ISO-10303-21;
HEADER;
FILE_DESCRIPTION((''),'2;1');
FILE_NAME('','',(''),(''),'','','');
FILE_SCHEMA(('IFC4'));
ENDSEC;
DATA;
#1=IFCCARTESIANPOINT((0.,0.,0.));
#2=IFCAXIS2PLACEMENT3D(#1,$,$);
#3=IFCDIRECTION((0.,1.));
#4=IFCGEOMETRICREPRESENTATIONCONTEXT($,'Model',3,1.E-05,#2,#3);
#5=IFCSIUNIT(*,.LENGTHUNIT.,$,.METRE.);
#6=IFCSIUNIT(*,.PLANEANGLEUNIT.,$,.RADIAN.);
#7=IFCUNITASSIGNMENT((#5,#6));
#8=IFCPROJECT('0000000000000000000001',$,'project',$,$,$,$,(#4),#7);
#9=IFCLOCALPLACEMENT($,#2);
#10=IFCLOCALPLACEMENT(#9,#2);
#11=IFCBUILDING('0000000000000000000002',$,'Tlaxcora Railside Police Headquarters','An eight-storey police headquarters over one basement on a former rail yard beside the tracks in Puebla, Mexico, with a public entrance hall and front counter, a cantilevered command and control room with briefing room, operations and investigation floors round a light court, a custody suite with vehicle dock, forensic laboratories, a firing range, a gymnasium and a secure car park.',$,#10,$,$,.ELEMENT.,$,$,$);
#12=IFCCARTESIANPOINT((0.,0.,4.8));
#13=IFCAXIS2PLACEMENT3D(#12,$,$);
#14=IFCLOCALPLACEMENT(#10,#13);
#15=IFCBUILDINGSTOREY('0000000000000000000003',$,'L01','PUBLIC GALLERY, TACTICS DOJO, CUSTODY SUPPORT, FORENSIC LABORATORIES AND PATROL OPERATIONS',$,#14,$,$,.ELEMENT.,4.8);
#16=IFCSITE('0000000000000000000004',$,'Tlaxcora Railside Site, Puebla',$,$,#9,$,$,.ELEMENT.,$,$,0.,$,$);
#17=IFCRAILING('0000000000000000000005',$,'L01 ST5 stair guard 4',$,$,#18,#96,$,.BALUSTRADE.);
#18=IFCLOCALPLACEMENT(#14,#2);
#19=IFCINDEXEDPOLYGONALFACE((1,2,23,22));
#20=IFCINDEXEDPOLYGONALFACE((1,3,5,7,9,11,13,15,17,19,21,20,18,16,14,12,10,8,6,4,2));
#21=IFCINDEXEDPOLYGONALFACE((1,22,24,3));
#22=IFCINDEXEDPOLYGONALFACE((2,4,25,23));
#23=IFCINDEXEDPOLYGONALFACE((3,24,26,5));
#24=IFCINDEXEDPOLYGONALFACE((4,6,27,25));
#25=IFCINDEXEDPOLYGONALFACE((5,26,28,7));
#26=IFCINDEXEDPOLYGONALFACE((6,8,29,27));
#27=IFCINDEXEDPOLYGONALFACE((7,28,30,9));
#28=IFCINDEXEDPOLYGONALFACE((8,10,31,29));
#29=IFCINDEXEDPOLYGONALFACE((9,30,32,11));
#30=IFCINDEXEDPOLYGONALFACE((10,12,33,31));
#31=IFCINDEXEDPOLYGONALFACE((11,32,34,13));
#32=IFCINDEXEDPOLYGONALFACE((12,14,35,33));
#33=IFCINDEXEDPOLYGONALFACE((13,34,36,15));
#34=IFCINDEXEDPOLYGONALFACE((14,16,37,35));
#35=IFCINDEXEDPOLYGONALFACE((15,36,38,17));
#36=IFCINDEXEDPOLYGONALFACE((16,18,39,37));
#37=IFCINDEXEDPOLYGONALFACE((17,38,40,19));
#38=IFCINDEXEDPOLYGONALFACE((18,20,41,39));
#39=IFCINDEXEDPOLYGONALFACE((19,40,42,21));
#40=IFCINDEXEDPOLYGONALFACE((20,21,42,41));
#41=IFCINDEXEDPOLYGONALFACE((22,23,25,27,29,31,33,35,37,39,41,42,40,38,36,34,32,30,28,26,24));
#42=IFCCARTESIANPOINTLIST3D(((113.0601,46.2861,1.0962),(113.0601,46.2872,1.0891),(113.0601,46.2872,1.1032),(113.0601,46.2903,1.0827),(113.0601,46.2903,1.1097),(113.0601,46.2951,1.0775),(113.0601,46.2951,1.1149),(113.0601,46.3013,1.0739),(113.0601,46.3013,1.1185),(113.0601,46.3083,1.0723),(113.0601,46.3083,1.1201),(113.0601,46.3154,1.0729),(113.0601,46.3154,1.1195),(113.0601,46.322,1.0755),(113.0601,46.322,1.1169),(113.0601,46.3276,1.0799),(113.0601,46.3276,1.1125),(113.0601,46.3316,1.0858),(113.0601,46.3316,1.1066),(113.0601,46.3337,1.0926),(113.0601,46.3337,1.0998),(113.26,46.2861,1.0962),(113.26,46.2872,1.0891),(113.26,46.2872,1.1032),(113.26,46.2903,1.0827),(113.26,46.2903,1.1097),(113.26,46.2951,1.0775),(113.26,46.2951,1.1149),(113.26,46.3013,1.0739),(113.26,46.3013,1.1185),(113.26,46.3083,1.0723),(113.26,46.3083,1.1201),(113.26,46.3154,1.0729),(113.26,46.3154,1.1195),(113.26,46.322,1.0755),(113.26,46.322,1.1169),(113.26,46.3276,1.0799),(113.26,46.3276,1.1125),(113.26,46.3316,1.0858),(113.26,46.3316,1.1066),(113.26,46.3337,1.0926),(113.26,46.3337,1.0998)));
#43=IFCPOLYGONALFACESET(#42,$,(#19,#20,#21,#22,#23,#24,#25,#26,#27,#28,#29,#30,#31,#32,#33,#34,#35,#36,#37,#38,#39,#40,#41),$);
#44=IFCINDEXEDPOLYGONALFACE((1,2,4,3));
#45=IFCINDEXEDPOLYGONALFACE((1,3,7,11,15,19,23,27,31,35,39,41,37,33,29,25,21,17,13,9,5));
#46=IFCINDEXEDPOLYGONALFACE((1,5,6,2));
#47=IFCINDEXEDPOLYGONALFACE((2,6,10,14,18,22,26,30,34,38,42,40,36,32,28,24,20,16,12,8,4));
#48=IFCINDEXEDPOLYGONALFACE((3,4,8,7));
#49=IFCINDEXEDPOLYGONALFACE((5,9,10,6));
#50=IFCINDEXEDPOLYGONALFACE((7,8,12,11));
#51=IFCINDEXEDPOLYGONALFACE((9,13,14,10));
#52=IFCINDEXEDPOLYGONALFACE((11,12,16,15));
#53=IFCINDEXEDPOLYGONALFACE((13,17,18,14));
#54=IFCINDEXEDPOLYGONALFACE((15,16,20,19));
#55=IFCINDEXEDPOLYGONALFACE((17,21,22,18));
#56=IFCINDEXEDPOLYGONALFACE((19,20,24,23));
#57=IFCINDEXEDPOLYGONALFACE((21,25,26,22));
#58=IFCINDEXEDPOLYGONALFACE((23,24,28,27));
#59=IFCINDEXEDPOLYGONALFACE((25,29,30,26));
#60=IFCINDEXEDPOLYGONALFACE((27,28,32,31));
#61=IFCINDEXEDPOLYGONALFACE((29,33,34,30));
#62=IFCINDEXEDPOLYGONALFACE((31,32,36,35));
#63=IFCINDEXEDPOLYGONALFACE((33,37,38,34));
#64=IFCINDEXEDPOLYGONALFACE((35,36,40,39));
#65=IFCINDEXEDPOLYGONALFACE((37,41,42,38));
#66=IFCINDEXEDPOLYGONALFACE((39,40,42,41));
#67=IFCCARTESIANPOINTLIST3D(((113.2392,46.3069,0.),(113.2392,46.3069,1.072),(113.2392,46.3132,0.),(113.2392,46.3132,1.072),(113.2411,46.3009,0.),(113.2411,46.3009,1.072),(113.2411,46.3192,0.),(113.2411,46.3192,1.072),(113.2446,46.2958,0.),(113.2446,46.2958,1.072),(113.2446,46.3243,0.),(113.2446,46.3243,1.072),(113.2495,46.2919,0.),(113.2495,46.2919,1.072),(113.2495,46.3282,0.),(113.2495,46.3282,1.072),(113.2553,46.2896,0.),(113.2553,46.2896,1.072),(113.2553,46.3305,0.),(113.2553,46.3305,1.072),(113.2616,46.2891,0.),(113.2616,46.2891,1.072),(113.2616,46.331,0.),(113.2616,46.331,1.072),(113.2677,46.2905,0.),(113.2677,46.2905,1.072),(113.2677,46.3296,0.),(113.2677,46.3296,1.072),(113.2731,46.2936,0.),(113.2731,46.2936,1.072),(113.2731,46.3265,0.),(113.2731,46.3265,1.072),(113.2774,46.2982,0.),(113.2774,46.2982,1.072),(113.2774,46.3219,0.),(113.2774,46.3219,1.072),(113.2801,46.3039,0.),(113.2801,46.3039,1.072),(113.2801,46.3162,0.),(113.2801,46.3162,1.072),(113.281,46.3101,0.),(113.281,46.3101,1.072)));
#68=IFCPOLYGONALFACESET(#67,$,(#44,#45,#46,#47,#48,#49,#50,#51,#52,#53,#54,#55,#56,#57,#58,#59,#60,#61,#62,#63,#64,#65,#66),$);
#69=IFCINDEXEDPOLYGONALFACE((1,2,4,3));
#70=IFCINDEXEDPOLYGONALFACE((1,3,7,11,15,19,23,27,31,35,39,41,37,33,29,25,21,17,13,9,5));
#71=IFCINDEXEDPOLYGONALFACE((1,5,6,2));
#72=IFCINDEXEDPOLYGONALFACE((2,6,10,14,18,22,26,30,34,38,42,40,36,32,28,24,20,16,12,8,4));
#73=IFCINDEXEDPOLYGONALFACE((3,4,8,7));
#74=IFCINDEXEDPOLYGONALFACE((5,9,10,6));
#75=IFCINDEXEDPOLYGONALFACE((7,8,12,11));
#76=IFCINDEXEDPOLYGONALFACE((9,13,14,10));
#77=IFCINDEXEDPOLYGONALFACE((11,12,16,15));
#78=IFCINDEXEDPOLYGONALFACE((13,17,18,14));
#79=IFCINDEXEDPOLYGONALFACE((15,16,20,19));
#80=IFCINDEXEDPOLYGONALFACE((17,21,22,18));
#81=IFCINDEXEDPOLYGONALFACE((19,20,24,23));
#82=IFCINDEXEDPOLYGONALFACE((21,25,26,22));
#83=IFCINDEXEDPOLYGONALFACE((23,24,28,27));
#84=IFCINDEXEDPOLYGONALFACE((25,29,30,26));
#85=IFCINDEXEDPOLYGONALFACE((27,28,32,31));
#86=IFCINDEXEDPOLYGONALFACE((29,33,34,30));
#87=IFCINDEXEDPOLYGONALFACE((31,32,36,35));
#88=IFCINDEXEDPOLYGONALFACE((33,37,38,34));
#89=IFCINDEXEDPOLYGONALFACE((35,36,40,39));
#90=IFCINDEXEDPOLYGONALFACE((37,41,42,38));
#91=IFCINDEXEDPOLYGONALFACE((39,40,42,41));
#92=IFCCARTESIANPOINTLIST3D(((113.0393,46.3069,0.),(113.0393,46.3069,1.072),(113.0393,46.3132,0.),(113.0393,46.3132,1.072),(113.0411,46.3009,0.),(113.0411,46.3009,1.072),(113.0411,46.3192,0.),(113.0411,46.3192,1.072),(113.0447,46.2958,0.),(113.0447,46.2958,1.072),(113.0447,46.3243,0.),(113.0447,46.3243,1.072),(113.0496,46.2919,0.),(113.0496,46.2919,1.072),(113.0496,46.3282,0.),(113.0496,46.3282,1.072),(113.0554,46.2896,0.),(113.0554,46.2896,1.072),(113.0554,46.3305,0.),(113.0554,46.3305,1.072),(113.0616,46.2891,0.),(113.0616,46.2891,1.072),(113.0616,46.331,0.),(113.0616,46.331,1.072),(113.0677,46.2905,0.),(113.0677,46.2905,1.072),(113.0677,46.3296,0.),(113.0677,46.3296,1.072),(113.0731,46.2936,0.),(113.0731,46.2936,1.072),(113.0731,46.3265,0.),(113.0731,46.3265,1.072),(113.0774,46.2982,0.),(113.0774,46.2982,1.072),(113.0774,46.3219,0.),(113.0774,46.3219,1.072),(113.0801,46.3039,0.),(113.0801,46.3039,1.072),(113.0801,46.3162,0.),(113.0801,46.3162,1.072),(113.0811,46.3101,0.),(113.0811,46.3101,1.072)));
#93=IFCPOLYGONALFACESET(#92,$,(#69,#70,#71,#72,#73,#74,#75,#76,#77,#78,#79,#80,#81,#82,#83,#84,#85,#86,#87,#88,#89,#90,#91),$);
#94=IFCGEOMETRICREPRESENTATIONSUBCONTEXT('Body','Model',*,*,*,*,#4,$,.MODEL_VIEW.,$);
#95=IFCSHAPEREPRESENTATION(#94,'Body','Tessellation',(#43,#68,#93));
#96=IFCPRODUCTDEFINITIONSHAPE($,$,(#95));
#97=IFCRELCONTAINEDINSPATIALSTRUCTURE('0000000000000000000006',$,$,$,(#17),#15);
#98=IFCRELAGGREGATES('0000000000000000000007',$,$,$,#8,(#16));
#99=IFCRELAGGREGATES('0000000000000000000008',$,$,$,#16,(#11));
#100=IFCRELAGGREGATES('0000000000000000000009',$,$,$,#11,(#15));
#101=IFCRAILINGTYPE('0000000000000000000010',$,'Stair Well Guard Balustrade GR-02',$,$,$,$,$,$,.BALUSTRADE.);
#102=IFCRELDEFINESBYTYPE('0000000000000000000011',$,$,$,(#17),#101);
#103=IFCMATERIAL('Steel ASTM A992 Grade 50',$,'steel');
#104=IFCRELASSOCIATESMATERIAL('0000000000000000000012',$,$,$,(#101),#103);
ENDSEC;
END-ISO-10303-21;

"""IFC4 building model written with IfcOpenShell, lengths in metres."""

from ifc_helpers import new_model, si_unit, direction, frame, origin, origin_2d, place, context, subcontext, project, spatial, circle, extrude, material, type_object, element, save


model = new_model("IFC4")

# Units and contexts
model_context = context("Model", 3, precision=1e-05, world=origin(), true_north=direction((0.0, 1.0)))
body_context = subcontext(model_context, "Body", "Model", "MODEL_VIEW")
ifc_project = project(units=[si_unit("LENGTHUNIT", "METRE"), si_unit("PLANEANGLEUNIT", "RADIAN")], contexts=[model_context])

# Site, building, storey
site_placement = place(None, origin())
site = spatial("IfcSite", under=ifc_project, at=site_placement, Name="Tlaxcora Railside Site, Puebla", CompositionType="ELEMENT", RefElevation=0.0)
building_placement = place(site_placement, origin())
building = spatial("IfcBuilding", under=site, at=building_placement, Name="Tlaxcora Railside Police Headquarters", Description="An eight-storey police headquarters over one basement on a former rail yard beside the tracks in Puebla, Mexico, with a public entrance hall and front counter, a cantilevered command and control room with briefing room, operations and investigation floors round a light court, a custody suite with vehicle dock, forensic laboratories, a firing range, a gymnasium and a secure car park.", CompositionType="ELEMENT")
storey_placement = place(building_placement, frame((0.0, 0.0, 4.8)))
storey = spatial("IfcBuildingStorey", under=building, at=storey_placement, Name="L01", Description="PUBLIC GALLERY, TACTICS DOJO, CUSTODY SUPPORT, FORENSIC LABORATORIES AND PATROL OPERATIONS", CompositionType="ELEMENT", Elevation=4.8)

# Shared definitions
ifc_material_1 = material(Name="Steel ASTM A992 Grade 50", Category="steel")

# Railing
railing_type_1 = type_object("IfcRailingType", Name="Stair Well Guard Balustrade GR-02", PredefinedType="BALUSTRADE", material=ifc_material_1)
railing_1_placement = place(storey_placement, frame((113.26, 46.3101, 0.0)))
element("IfcRailing", 1, at=railing_1_placement, inside=storey, type_object=railing_type_1, Name="L01 ST5 stair guard 4", PredefinedType="BALUSTRADE", context=body_context, shape_type="SweptSolid", body=[
    extrude(circle(Radius=0.0239, at=origin_2d()), frame((0.0, 0.0, 1.0962), z_axis=(-1.0, 0.0, 0.0), x_axis=(0.0, -1.0, 0.0)), (0.0, 0.0, 1.0), 0.2),
    extrude(circle(Radius=0.021, at=origin_2d()), origin(), (0.0, 0.0, 1.0), 1.072),
    extrude(circle(Radius=0.021, at=origin_2d()), frame((-0.2, 0.0, 0.0)), (0.0, 0.0, 1.0), 1.072),
])

save(model, "model.ifc")
